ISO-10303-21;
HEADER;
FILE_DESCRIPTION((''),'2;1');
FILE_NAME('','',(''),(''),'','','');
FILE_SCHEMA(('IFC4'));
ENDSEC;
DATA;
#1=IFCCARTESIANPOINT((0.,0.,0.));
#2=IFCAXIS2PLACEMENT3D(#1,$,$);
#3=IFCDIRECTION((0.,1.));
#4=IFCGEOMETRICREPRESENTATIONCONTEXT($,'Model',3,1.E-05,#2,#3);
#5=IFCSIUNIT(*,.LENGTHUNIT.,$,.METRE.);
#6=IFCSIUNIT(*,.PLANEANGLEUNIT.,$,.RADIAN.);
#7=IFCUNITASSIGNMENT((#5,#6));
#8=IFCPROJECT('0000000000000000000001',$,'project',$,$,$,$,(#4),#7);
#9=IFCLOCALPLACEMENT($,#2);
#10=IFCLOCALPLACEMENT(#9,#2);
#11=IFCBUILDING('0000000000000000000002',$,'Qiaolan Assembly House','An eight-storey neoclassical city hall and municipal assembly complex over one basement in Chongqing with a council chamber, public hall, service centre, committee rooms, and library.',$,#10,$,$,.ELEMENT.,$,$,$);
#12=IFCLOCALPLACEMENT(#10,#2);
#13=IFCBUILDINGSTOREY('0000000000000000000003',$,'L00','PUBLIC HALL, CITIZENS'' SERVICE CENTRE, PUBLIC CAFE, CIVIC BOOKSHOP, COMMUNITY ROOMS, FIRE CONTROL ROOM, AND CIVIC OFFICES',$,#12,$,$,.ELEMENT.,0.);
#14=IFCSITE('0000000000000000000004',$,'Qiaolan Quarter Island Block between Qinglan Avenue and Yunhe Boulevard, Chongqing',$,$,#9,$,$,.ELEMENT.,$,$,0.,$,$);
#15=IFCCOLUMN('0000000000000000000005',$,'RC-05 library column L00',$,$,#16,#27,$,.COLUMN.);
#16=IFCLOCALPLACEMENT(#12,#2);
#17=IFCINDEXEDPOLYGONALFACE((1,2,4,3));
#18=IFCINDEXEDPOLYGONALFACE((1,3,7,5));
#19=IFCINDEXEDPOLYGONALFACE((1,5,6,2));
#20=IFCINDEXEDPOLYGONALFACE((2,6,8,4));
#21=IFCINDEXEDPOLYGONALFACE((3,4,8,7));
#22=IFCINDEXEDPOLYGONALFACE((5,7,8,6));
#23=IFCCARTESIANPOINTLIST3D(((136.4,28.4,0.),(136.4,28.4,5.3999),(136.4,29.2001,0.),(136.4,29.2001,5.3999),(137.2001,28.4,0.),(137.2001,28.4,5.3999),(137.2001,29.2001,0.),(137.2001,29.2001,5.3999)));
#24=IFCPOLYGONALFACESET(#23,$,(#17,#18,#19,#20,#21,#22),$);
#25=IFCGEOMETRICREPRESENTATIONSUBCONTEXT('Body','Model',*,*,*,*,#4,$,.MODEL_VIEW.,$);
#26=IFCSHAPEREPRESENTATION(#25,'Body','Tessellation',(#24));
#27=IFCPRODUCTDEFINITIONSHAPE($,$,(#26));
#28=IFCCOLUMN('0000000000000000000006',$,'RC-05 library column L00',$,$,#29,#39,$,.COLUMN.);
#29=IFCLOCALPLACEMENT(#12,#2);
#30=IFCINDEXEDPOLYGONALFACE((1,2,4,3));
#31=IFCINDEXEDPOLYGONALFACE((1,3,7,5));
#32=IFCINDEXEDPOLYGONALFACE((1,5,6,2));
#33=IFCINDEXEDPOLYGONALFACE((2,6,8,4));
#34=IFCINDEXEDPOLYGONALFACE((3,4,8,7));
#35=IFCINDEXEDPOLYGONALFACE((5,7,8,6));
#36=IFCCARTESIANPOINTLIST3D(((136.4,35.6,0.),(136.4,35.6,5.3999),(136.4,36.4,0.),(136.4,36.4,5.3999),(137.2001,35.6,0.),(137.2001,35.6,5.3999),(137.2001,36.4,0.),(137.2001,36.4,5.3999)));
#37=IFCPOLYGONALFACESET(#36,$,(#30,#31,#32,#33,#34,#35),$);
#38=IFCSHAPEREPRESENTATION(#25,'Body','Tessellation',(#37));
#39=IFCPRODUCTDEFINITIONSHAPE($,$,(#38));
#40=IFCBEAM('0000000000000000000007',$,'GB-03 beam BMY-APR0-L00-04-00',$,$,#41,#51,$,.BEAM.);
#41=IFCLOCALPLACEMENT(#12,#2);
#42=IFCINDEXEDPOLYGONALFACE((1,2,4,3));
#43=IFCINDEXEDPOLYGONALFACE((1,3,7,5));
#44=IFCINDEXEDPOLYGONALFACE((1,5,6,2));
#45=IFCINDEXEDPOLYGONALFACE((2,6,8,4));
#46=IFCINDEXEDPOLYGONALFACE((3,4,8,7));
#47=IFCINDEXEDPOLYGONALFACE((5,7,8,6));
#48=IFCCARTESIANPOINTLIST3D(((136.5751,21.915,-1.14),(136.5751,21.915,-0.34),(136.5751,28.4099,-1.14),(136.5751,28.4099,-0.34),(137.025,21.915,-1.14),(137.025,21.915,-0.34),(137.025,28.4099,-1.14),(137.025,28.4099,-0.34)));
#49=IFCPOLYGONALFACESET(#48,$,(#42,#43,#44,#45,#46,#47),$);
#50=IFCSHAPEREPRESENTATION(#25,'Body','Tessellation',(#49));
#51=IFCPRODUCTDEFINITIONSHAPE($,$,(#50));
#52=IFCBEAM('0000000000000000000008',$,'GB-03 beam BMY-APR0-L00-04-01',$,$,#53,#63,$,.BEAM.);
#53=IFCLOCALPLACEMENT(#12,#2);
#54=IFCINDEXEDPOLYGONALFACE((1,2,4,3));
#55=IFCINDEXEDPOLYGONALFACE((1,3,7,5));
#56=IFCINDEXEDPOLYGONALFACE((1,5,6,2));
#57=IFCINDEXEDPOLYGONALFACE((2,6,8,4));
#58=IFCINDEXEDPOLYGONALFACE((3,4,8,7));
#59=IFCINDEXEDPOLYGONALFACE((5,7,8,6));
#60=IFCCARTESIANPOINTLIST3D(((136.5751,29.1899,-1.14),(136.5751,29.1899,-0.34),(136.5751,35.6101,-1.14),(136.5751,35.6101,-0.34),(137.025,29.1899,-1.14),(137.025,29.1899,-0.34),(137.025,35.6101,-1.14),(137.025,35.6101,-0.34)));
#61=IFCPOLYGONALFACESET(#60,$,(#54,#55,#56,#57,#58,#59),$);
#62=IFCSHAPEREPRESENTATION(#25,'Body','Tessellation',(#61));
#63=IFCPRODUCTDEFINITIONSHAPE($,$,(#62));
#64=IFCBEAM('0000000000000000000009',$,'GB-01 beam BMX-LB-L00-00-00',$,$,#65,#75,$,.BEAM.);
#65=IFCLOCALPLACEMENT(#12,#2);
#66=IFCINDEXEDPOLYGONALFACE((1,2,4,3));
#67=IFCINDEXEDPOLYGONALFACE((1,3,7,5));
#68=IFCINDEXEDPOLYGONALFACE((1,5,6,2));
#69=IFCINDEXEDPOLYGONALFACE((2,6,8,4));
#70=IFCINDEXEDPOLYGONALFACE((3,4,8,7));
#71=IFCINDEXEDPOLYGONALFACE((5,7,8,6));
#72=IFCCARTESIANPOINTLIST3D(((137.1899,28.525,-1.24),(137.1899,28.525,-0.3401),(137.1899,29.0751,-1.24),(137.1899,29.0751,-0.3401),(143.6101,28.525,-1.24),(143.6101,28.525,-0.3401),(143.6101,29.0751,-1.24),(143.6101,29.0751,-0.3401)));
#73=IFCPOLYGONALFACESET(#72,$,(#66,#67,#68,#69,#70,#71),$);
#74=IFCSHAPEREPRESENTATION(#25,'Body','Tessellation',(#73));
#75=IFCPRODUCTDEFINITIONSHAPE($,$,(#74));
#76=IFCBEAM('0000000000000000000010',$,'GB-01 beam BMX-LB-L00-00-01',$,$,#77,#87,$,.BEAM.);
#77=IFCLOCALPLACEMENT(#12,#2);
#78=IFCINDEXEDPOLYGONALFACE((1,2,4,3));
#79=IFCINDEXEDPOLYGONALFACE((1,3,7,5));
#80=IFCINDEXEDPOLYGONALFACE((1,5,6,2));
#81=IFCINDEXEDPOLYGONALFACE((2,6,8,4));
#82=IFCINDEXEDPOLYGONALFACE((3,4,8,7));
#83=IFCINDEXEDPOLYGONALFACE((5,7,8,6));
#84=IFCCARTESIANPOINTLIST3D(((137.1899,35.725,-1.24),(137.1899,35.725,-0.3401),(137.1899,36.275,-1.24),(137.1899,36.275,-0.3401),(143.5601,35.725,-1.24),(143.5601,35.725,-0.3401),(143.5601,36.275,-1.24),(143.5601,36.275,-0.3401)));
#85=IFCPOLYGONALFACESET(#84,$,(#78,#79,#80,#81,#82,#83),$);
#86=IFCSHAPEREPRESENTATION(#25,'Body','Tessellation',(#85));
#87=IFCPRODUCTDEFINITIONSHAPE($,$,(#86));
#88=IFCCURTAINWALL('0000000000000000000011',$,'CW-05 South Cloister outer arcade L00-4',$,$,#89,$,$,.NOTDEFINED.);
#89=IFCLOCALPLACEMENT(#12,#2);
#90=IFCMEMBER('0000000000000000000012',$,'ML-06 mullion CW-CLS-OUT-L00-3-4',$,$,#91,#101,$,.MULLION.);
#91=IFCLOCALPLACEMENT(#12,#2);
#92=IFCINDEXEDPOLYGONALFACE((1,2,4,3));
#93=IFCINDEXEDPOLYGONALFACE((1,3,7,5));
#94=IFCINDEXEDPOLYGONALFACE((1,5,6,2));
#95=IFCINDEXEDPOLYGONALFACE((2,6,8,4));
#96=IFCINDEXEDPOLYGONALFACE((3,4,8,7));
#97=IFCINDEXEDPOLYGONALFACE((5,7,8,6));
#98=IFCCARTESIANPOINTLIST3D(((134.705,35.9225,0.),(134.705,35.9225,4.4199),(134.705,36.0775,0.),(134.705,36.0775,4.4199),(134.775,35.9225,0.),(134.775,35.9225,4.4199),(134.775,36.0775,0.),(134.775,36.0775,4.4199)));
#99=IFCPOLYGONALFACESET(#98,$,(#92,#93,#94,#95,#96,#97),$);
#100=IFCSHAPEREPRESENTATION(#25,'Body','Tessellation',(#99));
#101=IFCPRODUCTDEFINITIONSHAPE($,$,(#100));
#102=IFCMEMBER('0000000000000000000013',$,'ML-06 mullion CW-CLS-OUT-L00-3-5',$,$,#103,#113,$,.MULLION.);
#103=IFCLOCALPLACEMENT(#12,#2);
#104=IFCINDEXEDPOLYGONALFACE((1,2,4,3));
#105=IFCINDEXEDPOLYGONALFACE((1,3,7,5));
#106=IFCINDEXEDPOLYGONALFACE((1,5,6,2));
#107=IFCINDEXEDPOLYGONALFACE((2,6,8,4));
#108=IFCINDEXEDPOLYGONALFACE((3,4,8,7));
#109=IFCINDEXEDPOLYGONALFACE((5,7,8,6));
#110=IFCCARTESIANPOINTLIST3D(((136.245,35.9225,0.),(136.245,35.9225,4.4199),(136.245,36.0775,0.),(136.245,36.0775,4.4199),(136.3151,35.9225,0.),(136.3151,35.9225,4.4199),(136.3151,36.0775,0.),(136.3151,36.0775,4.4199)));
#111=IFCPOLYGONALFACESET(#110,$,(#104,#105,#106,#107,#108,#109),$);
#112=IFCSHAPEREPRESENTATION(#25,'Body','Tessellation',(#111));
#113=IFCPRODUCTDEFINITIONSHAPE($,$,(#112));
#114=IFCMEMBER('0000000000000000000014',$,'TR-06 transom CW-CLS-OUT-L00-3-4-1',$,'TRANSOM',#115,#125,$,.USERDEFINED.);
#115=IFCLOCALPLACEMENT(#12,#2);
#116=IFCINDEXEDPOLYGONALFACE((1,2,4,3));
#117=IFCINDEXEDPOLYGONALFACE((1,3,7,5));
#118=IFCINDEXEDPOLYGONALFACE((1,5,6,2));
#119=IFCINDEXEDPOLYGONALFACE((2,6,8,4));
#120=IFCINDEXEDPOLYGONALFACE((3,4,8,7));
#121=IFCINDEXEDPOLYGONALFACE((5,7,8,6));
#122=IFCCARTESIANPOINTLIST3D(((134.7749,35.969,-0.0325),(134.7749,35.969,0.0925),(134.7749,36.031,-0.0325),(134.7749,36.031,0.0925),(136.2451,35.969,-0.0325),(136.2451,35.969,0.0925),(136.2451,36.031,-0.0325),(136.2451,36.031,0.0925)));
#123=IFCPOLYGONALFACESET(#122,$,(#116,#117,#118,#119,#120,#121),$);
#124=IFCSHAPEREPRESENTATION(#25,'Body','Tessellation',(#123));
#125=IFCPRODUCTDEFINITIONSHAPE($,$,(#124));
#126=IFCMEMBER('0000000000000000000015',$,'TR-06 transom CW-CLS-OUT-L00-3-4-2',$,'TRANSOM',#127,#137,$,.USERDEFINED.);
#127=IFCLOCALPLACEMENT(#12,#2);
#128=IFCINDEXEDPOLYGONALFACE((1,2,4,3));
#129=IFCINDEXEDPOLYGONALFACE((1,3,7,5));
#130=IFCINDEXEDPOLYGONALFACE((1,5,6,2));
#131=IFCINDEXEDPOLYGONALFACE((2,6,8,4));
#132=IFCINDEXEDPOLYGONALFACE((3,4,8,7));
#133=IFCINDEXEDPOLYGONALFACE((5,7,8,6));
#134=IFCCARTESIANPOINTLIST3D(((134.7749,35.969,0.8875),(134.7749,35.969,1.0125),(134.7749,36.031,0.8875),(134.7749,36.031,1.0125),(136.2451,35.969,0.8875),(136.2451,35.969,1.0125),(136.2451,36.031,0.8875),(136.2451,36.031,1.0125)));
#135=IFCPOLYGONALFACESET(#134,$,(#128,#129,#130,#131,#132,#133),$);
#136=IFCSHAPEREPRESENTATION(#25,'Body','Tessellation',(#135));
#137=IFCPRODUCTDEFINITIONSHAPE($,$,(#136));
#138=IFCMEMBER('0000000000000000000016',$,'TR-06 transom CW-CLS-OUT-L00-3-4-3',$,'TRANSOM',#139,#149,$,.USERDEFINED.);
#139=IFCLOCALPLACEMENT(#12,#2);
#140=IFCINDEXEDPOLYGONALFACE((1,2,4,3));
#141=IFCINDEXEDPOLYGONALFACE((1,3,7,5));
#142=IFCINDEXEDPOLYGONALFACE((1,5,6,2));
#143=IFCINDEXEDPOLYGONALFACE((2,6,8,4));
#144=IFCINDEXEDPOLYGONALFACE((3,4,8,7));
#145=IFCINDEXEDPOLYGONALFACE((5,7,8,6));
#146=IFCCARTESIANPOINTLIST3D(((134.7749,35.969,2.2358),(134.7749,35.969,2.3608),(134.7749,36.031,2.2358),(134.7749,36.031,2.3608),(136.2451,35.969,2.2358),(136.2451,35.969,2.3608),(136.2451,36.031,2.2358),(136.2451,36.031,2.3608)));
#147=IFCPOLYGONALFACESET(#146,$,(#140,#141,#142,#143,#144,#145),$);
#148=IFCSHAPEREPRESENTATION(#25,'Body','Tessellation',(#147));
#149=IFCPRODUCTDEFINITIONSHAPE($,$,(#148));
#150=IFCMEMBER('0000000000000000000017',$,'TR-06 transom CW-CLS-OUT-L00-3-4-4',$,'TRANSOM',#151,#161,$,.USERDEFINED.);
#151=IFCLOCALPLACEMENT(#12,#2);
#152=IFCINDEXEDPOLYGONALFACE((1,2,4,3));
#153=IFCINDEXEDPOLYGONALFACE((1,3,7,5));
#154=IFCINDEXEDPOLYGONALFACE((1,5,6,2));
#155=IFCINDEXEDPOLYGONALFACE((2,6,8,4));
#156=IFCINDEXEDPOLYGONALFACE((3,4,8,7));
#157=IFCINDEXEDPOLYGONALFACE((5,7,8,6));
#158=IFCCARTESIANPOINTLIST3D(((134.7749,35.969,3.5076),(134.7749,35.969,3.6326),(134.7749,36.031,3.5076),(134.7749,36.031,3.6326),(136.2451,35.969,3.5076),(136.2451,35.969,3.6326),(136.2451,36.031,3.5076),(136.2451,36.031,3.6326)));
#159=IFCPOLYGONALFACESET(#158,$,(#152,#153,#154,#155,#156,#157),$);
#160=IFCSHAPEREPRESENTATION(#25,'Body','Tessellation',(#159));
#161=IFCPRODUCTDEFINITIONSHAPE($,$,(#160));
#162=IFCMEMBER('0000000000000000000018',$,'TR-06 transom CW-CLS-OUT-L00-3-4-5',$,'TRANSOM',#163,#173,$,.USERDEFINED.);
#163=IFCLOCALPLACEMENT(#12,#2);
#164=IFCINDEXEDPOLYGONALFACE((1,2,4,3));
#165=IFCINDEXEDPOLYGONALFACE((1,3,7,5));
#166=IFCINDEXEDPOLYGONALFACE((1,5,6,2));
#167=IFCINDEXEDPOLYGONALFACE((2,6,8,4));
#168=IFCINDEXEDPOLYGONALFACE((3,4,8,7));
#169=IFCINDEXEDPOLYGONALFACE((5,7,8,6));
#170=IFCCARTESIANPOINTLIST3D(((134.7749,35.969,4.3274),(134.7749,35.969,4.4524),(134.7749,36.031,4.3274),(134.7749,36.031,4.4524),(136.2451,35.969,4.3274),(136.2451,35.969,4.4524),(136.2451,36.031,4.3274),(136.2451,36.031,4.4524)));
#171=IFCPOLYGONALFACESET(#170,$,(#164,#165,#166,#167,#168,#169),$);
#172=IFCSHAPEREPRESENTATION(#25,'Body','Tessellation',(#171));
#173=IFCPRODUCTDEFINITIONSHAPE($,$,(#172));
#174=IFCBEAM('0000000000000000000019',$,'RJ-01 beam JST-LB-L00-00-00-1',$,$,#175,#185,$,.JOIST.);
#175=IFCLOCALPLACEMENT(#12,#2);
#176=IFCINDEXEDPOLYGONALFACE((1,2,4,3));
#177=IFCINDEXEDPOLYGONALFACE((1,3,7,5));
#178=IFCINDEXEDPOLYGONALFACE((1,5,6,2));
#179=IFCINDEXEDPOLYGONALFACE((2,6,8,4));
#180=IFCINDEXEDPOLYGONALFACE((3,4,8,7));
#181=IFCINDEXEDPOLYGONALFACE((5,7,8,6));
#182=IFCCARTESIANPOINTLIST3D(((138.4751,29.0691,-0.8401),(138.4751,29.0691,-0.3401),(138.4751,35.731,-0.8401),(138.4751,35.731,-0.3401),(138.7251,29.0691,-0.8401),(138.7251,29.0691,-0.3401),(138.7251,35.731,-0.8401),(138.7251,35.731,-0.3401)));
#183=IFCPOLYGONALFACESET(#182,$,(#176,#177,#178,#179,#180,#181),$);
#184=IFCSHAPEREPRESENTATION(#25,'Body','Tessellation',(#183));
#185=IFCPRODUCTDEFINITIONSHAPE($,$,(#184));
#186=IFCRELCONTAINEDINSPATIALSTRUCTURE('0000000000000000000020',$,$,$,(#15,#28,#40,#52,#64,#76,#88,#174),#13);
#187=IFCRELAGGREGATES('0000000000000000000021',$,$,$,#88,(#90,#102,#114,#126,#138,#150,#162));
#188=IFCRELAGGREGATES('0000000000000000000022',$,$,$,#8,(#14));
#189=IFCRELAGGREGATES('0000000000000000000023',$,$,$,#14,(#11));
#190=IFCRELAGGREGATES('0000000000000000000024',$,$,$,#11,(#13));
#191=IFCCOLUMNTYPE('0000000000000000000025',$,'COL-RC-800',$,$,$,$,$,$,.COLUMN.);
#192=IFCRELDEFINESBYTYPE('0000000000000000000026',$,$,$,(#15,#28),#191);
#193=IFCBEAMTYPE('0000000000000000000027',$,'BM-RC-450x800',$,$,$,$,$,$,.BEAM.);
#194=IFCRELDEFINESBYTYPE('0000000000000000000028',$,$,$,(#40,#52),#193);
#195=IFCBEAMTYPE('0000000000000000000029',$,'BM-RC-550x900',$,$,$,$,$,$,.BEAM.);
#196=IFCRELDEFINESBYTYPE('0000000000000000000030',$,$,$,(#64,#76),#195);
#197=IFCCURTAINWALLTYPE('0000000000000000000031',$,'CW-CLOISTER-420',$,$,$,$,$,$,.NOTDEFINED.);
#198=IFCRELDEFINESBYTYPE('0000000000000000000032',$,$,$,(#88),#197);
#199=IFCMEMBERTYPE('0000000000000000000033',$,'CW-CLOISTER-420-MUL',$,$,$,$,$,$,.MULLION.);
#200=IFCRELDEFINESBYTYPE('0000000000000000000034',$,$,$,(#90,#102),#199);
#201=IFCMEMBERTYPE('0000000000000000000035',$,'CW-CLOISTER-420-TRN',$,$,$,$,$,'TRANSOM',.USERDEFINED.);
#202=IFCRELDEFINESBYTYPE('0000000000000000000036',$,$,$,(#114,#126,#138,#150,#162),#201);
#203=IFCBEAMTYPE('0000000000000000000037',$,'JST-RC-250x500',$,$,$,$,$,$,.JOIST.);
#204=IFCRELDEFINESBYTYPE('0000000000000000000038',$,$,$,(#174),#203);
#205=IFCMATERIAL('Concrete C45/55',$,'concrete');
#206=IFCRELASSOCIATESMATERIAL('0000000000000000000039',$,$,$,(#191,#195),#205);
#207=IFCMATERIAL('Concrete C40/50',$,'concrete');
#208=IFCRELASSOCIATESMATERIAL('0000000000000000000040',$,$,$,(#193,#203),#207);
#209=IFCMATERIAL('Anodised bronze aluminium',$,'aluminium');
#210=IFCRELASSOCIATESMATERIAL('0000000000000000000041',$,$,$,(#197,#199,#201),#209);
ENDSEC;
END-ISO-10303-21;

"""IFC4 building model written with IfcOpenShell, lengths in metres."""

from ifc_helpers import new_model, si_unit, direction, frame, origin, origin_2d, place, context, subcontext, project, spatial, rectangle, extrude, material, material_profile, profile_set, type_object, element, aggregate, save


model = new_model("IFC4")

# Units and contexts
model_context = context("Model", 3, precision=1e-05, world=origin(), true_north=direction((0.0, 1.0)))
body_context = subcontext(model_context, "Body", "Model", "MODEL_VIEW")
ifc_project = project(units=[si_unit("LENGTHUNIT", "METRE"), si_unit("PLANEANGLEUNIT", "RADIAN")], contexts=[model_context])

# Site, building, storey
site_placement = place(None, origin())
site = spatial("IfcSite", under=ifc_project, at=site_placement, Name="Qiaolan Quarter Island Block between Qinglan Avenue and Yunhe Boulevard, Chongqing", CompositionType="ELEMENT", RefElevation=0.0)
building_placement = place(site_placement, origin())
building = spatial("IfcBuilding", under=site, at=building_placement, Name="Qiaolan Assembly House", Description="An eight-storey neoclassical city hall and municipal assembly complex over one basement in Chongqing with a council chamber, public hall, service centre, committee rooms, and library.", CompositionType="ELEMENT")
storey_placement = place(building_placement, origin())
storey = spatial("IfcBuildingStorey", under=building, at=storey_placement, Name="L00", Description="PUBLIC HALL, CITIZENS' SERVICE CENTRE, PUBLIC CAFE, CIVIC BOOKSHOP, COMMUNITY ROOMS, FIRE CONTROL ROOM, AND CIVIC OFFICES", CompositionType="ELEMENT", Elevation=0.0)

# Columns
ifc_material_1 = material(Name="Concrete C45/55", Category="concrete")
ifc_material_profile_1 = material_profile(ifc_material_1, rectangle(XDim=0.8, YDim=0.8, at=origin_2d()), Name="RC 800x800")
ifc_profile_set_1 = profile_set([ifc_material_profile_1], Name="Concrete C45/55")
column_type = type_object("IfcColumnType", Name="COL-RC-800", PredefinedType="COLUMN", material=ifc_profile_set_1)
for number, where, z_axis, x_axis, name in (
    (1, (136.8, 28.8, 0.0), (0.0, 0.0, 1.0), (1.0, 0.0, 0.0), "RC-05 library column L00"),
    (2, (136.8, 36.0, 0.0), (0.0, 0.0, 1.0), (1.0, 0.0, 0.0), "RC-05 library column L00"),
):
    element("IfcColumn", number, at=place(storey_placement, frame(where, z_axis=z_axis, x_axis=x_axis)), inside=storey, type_object=column_type, Name=name, PredefinedType="COLUMN", context=body_context, shape_type="SweptSolid", body=[
        extrude(rectangle(XDim=0.8, YDim=0.8, at=origin_2d()), origin(), (0.0, 0.0, 1.0), 5.3999),
    ])

# Beams
ifc_material_2 = material(Name="Concrete C40/50", Category="concrete")
ifc_material_profile_2 = material_profile(ifc_material_2, rectangle(XDim=0.45, YDim=0.8, at=origin_2d()), Name="RCB 450x800")
ifc_profile_set_2 = profile_set([ifc_material_profile_2], Name="Concrete C40/50")
beam_type_1 = type_object("IfcBeamType", Name="BM-RC-450x800", PredefinedType="BEAM", material=ifc_profile_set_2)
beam_1_placement = place(storey_placement, frame((136.8, 21.915, -0.74), z_axis=(0.0, 1.0, 0.0), x_axis=(-1.0, 0.0, 0.0)))
element("IfcBeam", 3, at=beam_1_placement, inside=storey, type_object=beam_type_1, Name="GB-03 beam BMY-APR0-L00-04-00", PredefinedType="BEAM", context=body_context, shape_type="SweptSolid", body=[
    extrude(rectangle(XDim=0.45, YDim=0.8, at=origin_2d()), origin(), (0.0, 0.0, 1.0), 6.4949),
])
beam_2_placement = place(storey_placement, frame((136.8, 29.1899, -0.74), z_axis=(0.0, 1.0, 0.0), x_axis=(-1.0, 0.0, 0.0)))
element("IfcBeam", 4, at=beam_2_placement, inside=storey, type_object=beam_type_1, Name="GB-03 beam BMY-APR0-L00-04-01", PredefinedType="BEAM", context=body_context, shape_type="SweptSolid", body=[
    extrude(rectangle(XDim=0.45, YDim=0.8, at=origin_2d()), origin(), (0.0, 0.0, 1.0), 6.4202),
])
ifc_material_profile_3 = material_profile(ifc_material_1, rectangle(XDim=0.55, YDim=0.8999, at=origin_2d()), Name="RCB 550x900")
ifc_profile_set_3 = profile_set([ifc_material_profile_3], Name="Concrete C45/55")
beam_type_2 = type_object("IfcBeamType", Name="BM-RC-550x900", PredefinedType="BEAM", material=ifc_profile_set_3)
beam_3_placement = place(storey_placement, frame((137.1899, 28.8, -0.79), z_axis=(1.0, 0.0, 0.0), x_axis=(0.0, 1.0, 0.0)))
element("IfcBeam", 5, at=beam_3_placement, inside=storey, type_object=beam_type_2, Name="GB-01 beam BMX-LB-L00-00-00", PredefinedType="BEAM", context=body_context, shape_type="SweptSolid", body=[
    extrude(rectangle(XDim=0.55, YDim=0.8999, at=origin_2d()), origin(), (0.0, 0.0, 1.0), 6.4202),
])
beam_4_placement = place(storey_placement, frame((137.1899, 36.0, -0.79), z_axis=(1.0, 0.0, 0.0), x_axis=(0.0, 1.0, 0.0)))
element("IfcBeam", 6, at=beam_4_placement, inside=storey, type_object=beam_type_2, Name="GB-01 beam BMX-LB-L00-00-01", PredefinedType="BEAM", context=body_context, shape_type="SweptSolid", body=[
    extrude(rectangle(XDim=0.55, YDim=0.8999, at=origin_2d()), origin(), (0.0, 0.0, 1.0), 6.3701),
])

# Curtain wall, members
ifc_material_3 = material(Name="Anodised bronze aluminium", Category="aluminium")
curtain_wall_type = type_object("IfcCurtainWallType", Name="CW-CLOISTER-420", PredefinedType="NOTDEFINED", material=ifc_material_3)
curtain_wall_placement = place(storey_placement, origin())
curtain_wall = element("IfcCurtainWall", 7, at=curtain_wall_placement, inside=storey, type_object=curtain_wall_type, Name="CW-05 South Cloister outer arcade L00-4", PredefinedType="NOTDEFINED")
ifc_material_profile_4 = material_profile(ifc_material_3, rectangle(XDim=0.0701, YDim=0.155, at=origin_2d()), Name="MUL 70x155")
ifc_profile_set_4 = profile_set([ifc_material_profile_4], Name="Anodised bronze aluminium")
member_type_1 = type_object("IfcMemberType", Name="CW-CLOISTER-420-MUL", PredefinedType="MULLION", material=ifc_profile_set_4)
member_1_placement = place(storey_placement, frame((134.74, 36.0, 0.0), z_axis=(0.0, 0.0, 1.0), x_axis=(1.0, 0.0, 0.0)))
member_1 = element("IfcMember", 8, at=member_1_placement, type_object=member_type_1, Name="ML-06 mullion CW-CLS-OUT-L00-3-4", PredefinedType="MULLION", context=body_context, shape_type="SweptSolid", body=[
    extrude(rectangle(XDim=0.0701, YDim=0.155, at=origin_2d()), origin(), (0.0, 0.0, 1.0), 4.4199),
])
member_2_placement = place(storey_placement, frame((136.28, 36.0, 0.0), z_axis=(0.0, 0.0, 1.0), x_axis=(1.0, 0.0, 0.0)))
member_2 = element("IfcMember", 9, at=member_2_placement, type_object=member_type_1, Name="ML-06 mullion CW-CLS-OUT-L00-3-5", PredefinedType="MULLION", context=body_context, shape_type="SweptSolid", body=[
    extrude(rectangle(XDim=0.0701, YDim=0.155, at=origin_2d()), origin(), (0.0, 0.0, 1.0), 4.4199),
])
ifc_material_profile_5 = material_profile(ifc_material_3, rectangle(XDim=0.062, YDim=0.125, at=origin_2d()), Name="TRN 62x125")
ifc_profile_set_5 = profile_set([ifc_material_profile_5], Name="Anodised bronze aluminium")
member_type_2 = type_object("IfcMemberType", Name="CW-CLOISTER-420-TRN", ElementType="TRANSOM", PredefinedType="USERDEFINED", material=ifc_profile_set_5)
member_3_placement = place(storey_placement, frame((134.7749, 36.0, 0.03), z_axis=(1.0, 0.0, 0.0), x_axis=(0.0, 1.0, 0.0)))
member_3 = element("IfcMember", 10, at=member_3_placement, type_object=member_type_2, Name="TR-06 transom CW-CLS-OUT-L00-3-4-1", ObjectType="TRANSOM", PredefinedType="USERDEFINED", context=body_context, shape_type="SweptSolid", body=[
    extrude(rectangle(XDim=0.062, YDim=0.125, at=origin_2d()), origin(), (0.0, 0.0, 1.0), 1.4702),
])
member_4_placement = place(storey_placement, frame((134.7749, 36.0, 0.95), z_axis=(1.0, 0.0, 0.0), x_axis=(0.0, 1.0, 0.0)))
member_4 = element("IfcMember", 11, at=member_4_placement, type_object=member_type_2, Name="TR-06 transom CW-CLS-OUT-L00-3-4-2", ObjectType="TRANSOM", PredefinedType="USERDEFINED", context=body_context, shape_type="SweptSolid", body=[
    extrude(rectangle(XDim=0.062, YDim=0.125, at=origin_2d()), origin(), (0.0, 0.0, 1.0), 1.4702),
])
member_5_placement = place(storey_placement, frame((134.7749, 36.0, 2.2983), z_axis=(1.0, 0.0, 0.0), x_axis=(0.0, 1.0, 0.0)))
member_5 = element("IfcMember", 12, at=member_5_placement, type_object=member_type_2, Name="TR-06 transom CW-CLS-OUT-L00-3-4-3", ObjectType="TRANSOM", PredefinedType="USERDEFINED", context=body_context, shape_type="SweptSolid", body=[
    extrude(rectangle(XDim=0.062, YDim=0.125, at=origin_2d()), origin(), (0.0, 0.0, 1.0), 1.4702),
])
member_6_placement = place(storey_placement, frame((134.7749, 36.0, 3.5701), z_axis=(1.0, 0.0, 0.0), x_axis=(0.0, 1.0, 0.0)))
member_6 = element("IfcMember", 13, at=member_6_placement, type_object=member_type_2, Name="TR-06 transom CW-CLS-OUT-L00-3-4-4", ObjectType="TRANSOM", PredefinedType="USERDEFINED", context=body_context, shape_type="SweptSolid", body=[
    extrude(rectangle(XDim=0.062, YDim=0.125, at=origin_2d()), origin(), (0.0, 0.0, 1.0), 1.4702),
])
member_7_placement = place(storey_placement, frame((134.7749, 36.0, 4.3899), z_axis=(1.0, 0.0, 0.0), x_axis=(0.0, 1.0, 0.0)))
member_7 = element("IfcMember", 14, at=member_7_placement, type_object=member_type_2, Name="TR-06 transom CW-CLS-OUT-L00-3-4-5", ObjectType="TRANSOM", PredefinedType="USERDEFINED", context=body_context, shape_type="SweptSolid", body=[
    extrude(rectangle(XDim=0.062, YDim=0.125, at=origin_2d()), origin(), (0.0, 0.0, 1.0), 1.4702),
])

# Beam
ifc_material_profile_6 = material_profile(ifc_material_2, rectangle(XDim=0.25, YDim=0.5, at=origin_2d()), Name="RCB 250x500")
ifc_profile_set_6 = profile_set([ifc_material_profile_6], Name="Concrete C40/50")
beam_type_3 = type_object("IfcBeamType", Name="JST-RC-250x500", PredefinedType="JOIST", material=ifc_profile_set_6)
for number, where, z_axis, x_axis, name in (
    (15, (138.6001, 29.0691, -0.5901), (0.0, 1.0, 0.0), (-1.0, 0.0, 0.0), "RJ-01 beam JST-LB-L00-00-00-1"),
):
    element("IfcBeam", number, at=place(storey_placement, frame(where, z_axis=z_axis, x_axis=x_axis)), inside=storey, type_object=beam_type_3, Name=name, PredefinedType="JOIST", context=body_context, shape_type="SweptSolid", body=[
        extrude(rectangle(XDim=0.25, YDim=0.5, at=origin_2d()), origin(), (0.0, 0.0, 1.0), 6.6619),
    ])

aggregate(curtain_wall, [member_1, member_2, member_3, member_4, member_5, member_6, member_7])

save(model, "model.ifc")
